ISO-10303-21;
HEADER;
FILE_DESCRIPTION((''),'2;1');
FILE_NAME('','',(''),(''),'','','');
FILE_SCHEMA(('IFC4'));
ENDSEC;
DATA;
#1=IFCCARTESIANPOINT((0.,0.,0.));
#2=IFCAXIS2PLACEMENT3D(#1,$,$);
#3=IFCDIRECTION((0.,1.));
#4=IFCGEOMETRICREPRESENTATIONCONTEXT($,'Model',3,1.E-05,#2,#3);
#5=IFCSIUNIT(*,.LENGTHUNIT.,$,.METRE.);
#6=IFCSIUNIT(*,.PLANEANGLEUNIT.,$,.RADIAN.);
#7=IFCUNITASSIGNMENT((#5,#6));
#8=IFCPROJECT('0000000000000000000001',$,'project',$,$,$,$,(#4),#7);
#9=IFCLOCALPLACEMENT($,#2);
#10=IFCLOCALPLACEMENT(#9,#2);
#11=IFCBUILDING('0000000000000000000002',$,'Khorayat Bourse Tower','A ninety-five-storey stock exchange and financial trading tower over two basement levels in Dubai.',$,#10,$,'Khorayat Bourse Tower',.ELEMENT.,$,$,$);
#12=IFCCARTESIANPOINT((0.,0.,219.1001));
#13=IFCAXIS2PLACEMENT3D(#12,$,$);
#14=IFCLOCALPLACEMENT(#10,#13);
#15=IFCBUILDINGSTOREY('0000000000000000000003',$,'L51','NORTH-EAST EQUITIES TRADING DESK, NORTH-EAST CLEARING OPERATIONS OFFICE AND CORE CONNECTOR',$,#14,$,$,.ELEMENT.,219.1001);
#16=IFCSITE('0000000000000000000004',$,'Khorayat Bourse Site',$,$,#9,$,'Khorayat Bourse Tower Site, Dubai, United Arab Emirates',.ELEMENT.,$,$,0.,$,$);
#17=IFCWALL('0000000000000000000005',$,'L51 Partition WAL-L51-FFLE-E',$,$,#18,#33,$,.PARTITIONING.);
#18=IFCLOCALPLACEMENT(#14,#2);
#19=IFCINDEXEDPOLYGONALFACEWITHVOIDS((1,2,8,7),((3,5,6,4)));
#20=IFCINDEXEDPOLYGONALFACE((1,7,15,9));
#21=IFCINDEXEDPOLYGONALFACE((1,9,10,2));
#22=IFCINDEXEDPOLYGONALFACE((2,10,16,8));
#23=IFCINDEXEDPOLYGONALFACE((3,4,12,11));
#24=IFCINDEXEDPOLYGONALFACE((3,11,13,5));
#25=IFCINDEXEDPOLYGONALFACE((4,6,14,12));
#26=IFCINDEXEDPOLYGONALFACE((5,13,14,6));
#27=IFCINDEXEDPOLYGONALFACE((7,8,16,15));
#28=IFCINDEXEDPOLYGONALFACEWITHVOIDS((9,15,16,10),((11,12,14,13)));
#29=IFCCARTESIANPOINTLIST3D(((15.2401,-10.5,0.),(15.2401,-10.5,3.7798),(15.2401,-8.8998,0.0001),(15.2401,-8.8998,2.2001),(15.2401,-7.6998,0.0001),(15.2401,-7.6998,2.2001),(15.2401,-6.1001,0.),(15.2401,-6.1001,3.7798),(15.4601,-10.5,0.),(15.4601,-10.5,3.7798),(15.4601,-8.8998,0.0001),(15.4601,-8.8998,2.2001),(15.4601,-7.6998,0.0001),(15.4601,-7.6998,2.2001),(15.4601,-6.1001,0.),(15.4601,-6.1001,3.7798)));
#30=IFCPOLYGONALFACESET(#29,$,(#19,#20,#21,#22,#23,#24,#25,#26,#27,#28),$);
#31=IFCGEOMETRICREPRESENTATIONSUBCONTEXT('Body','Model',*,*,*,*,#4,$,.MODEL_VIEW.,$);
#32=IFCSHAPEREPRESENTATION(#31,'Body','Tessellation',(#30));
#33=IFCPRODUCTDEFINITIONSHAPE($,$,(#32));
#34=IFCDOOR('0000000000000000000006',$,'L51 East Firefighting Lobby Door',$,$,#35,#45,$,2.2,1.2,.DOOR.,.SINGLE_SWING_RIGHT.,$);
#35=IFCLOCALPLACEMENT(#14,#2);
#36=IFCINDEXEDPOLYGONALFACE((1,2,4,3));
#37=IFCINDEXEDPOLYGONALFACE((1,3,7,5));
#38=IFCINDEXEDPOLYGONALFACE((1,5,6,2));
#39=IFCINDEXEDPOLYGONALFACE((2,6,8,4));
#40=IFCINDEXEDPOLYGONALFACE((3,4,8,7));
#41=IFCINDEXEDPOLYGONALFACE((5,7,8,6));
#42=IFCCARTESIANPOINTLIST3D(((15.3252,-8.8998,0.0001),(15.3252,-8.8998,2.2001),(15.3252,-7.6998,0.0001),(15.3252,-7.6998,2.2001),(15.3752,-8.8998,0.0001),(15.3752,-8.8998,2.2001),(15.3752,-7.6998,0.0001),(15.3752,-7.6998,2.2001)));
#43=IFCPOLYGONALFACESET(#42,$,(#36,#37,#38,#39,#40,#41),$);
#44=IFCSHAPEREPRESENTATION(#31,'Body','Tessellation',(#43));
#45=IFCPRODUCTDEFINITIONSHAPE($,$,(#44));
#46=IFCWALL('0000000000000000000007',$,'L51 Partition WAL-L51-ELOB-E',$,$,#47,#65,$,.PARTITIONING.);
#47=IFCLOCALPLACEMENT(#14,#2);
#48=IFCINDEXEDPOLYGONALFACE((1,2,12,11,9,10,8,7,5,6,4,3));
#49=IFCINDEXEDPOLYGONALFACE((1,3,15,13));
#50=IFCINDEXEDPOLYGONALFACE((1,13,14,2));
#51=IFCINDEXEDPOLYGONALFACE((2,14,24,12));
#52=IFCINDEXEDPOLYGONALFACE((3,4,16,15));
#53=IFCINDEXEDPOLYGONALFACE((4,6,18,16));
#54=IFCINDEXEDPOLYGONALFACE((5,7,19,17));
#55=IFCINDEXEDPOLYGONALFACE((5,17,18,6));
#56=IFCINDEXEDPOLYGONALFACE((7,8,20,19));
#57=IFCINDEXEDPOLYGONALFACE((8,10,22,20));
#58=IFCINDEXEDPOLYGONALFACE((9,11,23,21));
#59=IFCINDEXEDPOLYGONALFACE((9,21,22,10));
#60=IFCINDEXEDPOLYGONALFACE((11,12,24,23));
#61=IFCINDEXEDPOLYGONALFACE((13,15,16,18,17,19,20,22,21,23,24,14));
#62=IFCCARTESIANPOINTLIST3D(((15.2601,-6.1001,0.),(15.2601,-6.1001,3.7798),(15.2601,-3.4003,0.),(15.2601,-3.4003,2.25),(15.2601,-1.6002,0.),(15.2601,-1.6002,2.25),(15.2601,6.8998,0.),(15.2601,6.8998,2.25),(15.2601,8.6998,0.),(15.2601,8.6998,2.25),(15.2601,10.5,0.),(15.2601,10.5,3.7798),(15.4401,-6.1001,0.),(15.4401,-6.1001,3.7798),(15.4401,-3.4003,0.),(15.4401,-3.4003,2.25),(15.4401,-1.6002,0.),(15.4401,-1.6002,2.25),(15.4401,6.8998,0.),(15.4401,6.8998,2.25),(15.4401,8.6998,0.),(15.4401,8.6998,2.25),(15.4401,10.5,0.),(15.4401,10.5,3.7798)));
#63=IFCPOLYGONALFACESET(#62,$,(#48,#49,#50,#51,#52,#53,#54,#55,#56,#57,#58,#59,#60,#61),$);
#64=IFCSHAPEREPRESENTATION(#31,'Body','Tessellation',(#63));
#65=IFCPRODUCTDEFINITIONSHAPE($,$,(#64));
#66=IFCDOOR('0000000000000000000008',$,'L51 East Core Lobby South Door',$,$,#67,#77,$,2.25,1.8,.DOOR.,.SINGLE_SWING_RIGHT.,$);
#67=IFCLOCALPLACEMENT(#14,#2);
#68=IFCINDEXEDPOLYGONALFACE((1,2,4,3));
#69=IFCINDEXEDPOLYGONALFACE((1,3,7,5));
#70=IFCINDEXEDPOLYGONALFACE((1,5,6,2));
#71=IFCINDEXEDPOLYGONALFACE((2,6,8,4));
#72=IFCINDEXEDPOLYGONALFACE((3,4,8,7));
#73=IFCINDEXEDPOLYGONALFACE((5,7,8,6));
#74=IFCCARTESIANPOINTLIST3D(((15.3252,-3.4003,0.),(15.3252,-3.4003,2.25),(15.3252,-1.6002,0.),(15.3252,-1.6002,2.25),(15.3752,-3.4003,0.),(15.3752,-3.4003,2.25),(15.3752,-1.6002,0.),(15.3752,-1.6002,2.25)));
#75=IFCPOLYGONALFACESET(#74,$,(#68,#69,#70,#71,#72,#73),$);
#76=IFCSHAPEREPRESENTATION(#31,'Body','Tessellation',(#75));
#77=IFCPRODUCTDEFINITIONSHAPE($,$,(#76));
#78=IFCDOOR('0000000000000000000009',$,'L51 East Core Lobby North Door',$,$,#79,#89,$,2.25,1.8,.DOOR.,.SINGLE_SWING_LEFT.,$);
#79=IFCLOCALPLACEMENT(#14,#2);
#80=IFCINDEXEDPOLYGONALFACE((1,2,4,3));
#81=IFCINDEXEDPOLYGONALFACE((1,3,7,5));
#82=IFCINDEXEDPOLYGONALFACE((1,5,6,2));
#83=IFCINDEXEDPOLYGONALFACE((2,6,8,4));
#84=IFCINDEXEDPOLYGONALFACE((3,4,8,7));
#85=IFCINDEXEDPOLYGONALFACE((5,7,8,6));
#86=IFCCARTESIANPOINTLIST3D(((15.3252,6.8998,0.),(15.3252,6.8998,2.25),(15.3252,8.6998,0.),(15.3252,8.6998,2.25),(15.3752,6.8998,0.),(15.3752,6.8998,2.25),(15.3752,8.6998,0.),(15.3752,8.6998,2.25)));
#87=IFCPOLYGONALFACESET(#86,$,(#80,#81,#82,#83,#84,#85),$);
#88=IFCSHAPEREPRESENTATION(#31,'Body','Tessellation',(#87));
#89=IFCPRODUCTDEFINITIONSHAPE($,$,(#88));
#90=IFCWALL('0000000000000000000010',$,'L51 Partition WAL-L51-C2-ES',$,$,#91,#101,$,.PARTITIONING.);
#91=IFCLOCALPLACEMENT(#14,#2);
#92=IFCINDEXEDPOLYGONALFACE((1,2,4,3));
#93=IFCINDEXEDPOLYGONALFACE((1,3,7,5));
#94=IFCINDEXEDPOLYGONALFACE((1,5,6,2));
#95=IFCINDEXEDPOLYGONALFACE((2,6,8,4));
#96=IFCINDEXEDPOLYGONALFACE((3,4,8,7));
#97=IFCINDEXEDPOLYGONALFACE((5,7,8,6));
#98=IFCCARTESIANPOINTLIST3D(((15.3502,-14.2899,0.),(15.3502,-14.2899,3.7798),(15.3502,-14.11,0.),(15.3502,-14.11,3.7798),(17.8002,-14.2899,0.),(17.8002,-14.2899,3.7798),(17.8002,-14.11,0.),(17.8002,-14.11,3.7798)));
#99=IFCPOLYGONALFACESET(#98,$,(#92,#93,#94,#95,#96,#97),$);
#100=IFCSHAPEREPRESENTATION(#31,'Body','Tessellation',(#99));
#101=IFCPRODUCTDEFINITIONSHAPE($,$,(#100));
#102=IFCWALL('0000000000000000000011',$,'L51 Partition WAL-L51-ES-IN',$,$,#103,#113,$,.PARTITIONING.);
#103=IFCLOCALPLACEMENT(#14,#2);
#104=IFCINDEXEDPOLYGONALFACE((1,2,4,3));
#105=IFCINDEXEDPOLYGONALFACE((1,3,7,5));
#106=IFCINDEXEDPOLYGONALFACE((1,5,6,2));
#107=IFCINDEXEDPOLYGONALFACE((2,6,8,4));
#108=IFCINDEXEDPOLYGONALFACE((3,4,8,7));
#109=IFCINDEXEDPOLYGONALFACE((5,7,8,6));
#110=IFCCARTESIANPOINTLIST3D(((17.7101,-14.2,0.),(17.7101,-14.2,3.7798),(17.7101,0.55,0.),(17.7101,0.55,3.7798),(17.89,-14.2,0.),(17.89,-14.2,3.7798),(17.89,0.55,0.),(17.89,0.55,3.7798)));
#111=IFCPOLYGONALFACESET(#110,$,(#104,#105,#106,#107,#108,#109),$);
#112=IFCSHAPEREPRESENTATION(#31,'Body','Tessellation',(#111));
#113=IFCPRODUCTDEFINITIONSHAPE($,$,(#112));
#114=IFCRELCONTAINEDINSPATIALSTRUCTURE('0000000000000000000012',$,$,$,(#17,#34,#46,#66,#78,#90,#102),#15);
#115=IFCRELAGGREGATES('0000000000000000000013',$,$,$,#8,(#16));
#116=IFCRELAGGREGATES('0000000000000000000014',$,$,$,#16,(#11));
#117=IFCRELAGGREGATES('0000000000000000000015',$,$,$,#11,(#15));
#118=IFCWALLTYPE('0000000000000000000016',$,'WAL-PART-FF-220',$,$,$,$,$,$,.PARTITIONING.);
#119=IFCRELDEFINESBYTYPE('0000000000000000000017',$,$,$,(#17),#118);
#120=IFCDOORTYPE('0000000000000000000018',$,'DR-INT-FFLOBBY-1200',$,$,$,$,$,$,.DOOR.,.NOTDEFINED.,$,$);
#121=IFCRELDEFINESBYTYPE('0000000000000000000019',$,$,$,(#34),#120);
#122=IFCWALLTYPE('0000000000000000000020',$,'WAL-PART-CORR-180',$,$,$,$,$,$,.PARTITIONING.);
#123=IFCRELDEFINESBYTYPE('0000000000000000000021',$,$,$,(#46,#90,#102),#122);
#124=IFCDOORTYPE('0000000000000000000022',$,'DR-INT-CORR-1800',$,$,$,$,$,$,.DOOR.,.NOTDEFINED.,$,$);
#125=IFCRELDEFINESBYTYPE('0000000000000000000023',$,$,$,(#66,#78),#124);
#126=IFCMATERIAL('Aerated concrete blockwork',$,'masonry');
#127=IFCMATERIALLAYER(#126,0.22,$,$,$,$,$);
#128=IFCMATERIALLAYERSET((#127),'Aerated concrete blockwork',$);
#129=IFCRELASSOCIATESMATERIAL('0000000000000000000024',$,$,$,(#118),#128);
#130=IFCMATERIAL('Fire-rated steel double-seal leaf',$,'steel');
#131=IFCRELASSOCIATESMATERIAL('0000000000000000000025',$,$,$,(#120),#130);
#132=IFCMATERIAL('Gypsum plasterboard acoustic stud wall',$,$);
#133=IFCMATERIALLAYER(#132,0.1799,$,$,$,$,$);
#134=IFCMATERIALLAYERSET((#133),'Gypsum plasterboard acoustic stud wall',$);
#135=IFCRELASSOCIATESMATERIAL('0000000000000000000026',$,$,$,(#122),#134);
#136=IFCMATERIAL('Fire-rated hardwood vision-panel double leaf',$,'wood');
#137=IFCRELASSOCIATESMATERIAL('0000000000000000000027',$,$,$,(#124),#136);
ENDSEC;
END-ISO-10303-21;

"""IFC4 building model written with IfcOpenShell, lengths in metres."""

from ifc_helpers import new_model, si_unit, direction, frame, frame_2d, origin, place, context, subcontext, project, spatial, rectangle, extrude, source, transform, mapped, material, layer, layer_set, type_object, element, fill, save


model = new_model("IFC4")

# Units and contexts
model_context = context("Model", 3, precision=1e-05, world=origin(), true_north=direction((0.0, 1.0)))
body_context = subcontext(model_context, "Body", "Model", "MODEL_VIEW")
ifc_project = project(units=[si_unit("LENGTHUNIT", "METRE"), si_unit("PLANEANGLEUNIT", "RADIAN")], contexts=[model_context])

# Site, building, storey
site_placement = place(None, origin())
site = spatial("IfcSite", under=ifc_project, at=site_placement, Name="Khorayat Bourse Site", LongName="Khorayat Bourse Tower Site, Dubai, United Arab Emirates", CompositionType="ELEMENT", RefElevation=0.0)
building_placement = place(site_placement, origin())
building = spatial("IfcBuilding", under=site, at=building_placement, Name="Khorayat Bourse Tower", Description="A ninety-five-storey stock exchange and financial trading tower over two basement levels in Dubai.", LongName="Khorayat Bourse Tower", CompositionType="ELEMENT")
storey_placement = place(building_placement, frame((0.0, 0.0, 219.1001)))
storey = spatial("IfcBuildingStorey", under=building, at=storey_placement, Name="L51", Description="NORTH-EAST EQUITIES TRADING DESK, NORTH-EAST CLEARING OPERATIONS OFFICE AND CORE CONNECTOR", CompositionType="ELEMENT", Elevation=219.1001)

# Shared definitions
ifc_material_1 = material(Name="Aerated concrete blockwork", Category="masonry")
ifc_layer_1 = layer(ifc_material_1, 0.22)
ifc_layer_set_1 = layer_set([ifc_layer_1], Name="Aerated concrete blockwork")
wall_type_1 = type_object("IfcWallType", Name="WAL-PART-FF-220", PredefinedType="PARTITIONING", material=ifc_layer_set_1)

# Wall, opening, door
shared_shape_1 = source(origin(), body_context, "Body", "SweptSolid", [
    extrude(rectangle(XDim=4.3999, YDim=0.22, at=frame_2d((2.2, 0.0))), origin(), (0.0, 0.0, 1.0), 3.7798),
])
wall_1_placement = place(storey_placement, frame((15.3501, -10.5, 0.0), z_axis=(0.0, 0.0, 1.0), x_axis=(0.0, 1.0, 0.0)))
wall_1 = element("IfcWall", 1, at=wall_1_placement, inside=storey, type_object=wall_type_1, Name="L51 Partition WAL-L51-FFLE-E", PredefinedType="PARTITIONING", context=body_context, shape_type="MappedRepresentation", body=[
    mapped(shared_shape_1, transform((0.0, 0.0, 0.0), scale=1.0)),
])
shared_shape_2 = source(origin(), body_context, "Body", "SweptSolid", [
    extrude(rectangle(XDim=1.2, YDim=2.2, at=frame_2d((0.6001, 1.1001))), frame((0.0, 0.1199, 0.0), z_axis=(0.0, -1.0, 0.0), x_axis=(1.0, 0.0, 0.0)), (0.0, 0.0, 1.0), 0.24),
])
opening_1_placement = place(wall_1_placement, frame((1.6001, 0.0, 0.0)))
opening_1 = element("IfcOpeningElement", 2, at=opening_1_placement, cuts=wall_1, PredefinedType="OPENING", context=body_context, shape_type="MappedRepresentation", body=[
    mapped(shared_shape_2, transform((0.0, 0.0, 0.0), scale=1.0)),
])
ifc_material_2 = material(Name="Fire-rated steel double-seal leaf", Category="steel")
door_type_1 = type_object("IfcDoorType", Name="DR-INT-FFLOBBY-1200", OperationType="NOTDEFINED", PredefinedType="DOOR", material=ifc_material_2)
shared_shape_3 = source(origin(), body_context, "Body", "SweptSolid", [
    extrude(rectangle(XDim=1.2, YDim=2.2, at=frame_2d((0.6001, 1.1001))), frame((0.0, 0.0249, 0.0), z_axis=(0.0, -1.0, 0.0), x_axis=(1.0, 0.0, 0.0)), (0.0, 0.0, 1.0), 0.05),
])
door_1_placement = place(opening_1_placement, origin())
door_1 = element("IfcDoor", 3, at=door_1_placement, inside=storey, type_object=door_type_1, Name="L51 East Firefighting Lobby Door", OperationType="SINGLE_SWING_RIGHT", OverallHeight=2.2, OverallWidth=1.2, PredefinedType="DOOR", context=body_context, shape_type="MappedRepresentation", body=[
    mapped(shared_shape_3, transform((0.0, 0.0, 0.0), scale=1.0)),
])
fill(opening_1, door_1)

# Wall, openings, doors
ifc_material_3 = material(Name="Gypsum plasterboard acoustic stud wall")
ifc_layer_2 = layer(ifc_material_3, 0.1799)
ifc_layer_set_2 = layer_set([ifc_layer_2], Name="Gypsum plasterboard acoustic stud wall")
wall_type_2 = type_object("IfcWallType", Name="WAL-PART-CORR-180", PredefinedType="PARTITIONING", material=ifc_layer_set_2)
shared_shape_4 = source(origin(), body_context, "Body", "SweptSolid", [
    extrude(rectangle(XDim=16.6001, YDim=0.1799, at=frame_2d((8.3, 0.0))), origin(), (0.0, 0.0, 1.0), 3.7798),
])
wall_2_placement = place(storey_placement, frame((15.3501, -6.1001, 0.0), z_axis=(0.0, 0.0, 1.0), x_axis=(0.0, 1.0, 0.0)))
wall_2 = element("IfcWall", 4, at=wall_2_placement, inside=storey, type_object=wall_type_2, Name="L51 Partition WAL-L51-ELOB-E", PredefinedType="PARTITIONING", context=body_context, shape_type="MappedRepresentation", body=[
    mapped(shared_shape_4, transform((0.0, 0.0, 0.0), scale=1.0)),
])
shared_shape_5 = source(origin(), body_context, "Body", "SweptSolid", [
    extrude(rectangle(XDim=1.8, YDim=2.25, at=frame_2d((0.8999, 1.125))), frame((0.0, 0.0999, 0.0), z_axis=(0.0, -1.0, 0.0), x_axis=(1.0, 0.0, 0.0)), (0.0, 0.0, 1.0), 0.2),
])
opening_2_placement = place(wall_2_placement, frame((2.7, 0.0, 0.0)))
opening_2 = element("IfcOpeningElement", 5, at=opening_2_placement, cuts=wall_2, PredefinedType="OPENING", context=body_context, shape_type="MappedRepresentation", body=[
    mapped(shared_shape_5, transform((0.0, 0.0, 0.0), scale=1.0)),
])
opening_3_placement = place(wall_2_placement, frame((13.0, 0.0, 0.0)))
opening_3 = element("IfcOpeningElement", 6, at=opening_3_placement, cuts=wall_2, PredefinedType="OPENING", context=body_context, shape_type="MappedRepresentation", body=[
    mapped(shared_shape_5, transform((0.0, 0.0, 0.0), scale=1.0)),
])
ifc_material_4 = material(Name="Fire-rated hardwood vision-panel double leaf", Category="wood")
door_type_2 = type_object("IfcDoorType", Name="DR-INT-CORR-1800", OperationType="NOTDEFINED", PredefinedType="DOOR", material=ifc_material_4)
shared_shape_6 = source(origin(), body_context, "Body", "SweptSolid", [
    extrude(rectangle(XDim=1.8, YDim=2.25, at=frame_2d((0.8999, 1.125))), frame((0.0, 0.0249, 0.0), z_axis=(0.0, -1.0, 0.0), x_axis=(1.0, 0.0, 0.0)), (0.0, 0.0, 1.0), 0.05),
])
door_2_placement = place(opening_2_placement, origin())
door_2 = element("IfcDoor", 7, at=door_2_placement, inside=storey, type_object=door_type_2, Name="L51 East Core Lobby South Door", OperationType="SINGLE_SWING_RIGHT", OverallHeight=2.25, OverallWidth=1.8, PredefinedType="DOOR", context=body_context, shape_type="MappedRepresentation", body=[
    mapped(shared_shape_6, transform((0.0, 0.0, 0.0), scale=1.0)),
])
fill(opening_2, door_2)
door_3_placement = place(opening_3_placement, origin())
door_3 = element("IfcDoor", 8, at=door_3_placement, inside=storey, type_object=door_type_2, Name="L51 East Core Lobby North Door", OperationType="SINGLE_SWING_LEFT", OverallHeight=2.25, OverallWidth=1.8, PredefinedType="DOOR", context=body_context, shape_type="MappedRepresentation", body=[
    mapped(shared_shape_6, transform((0.0, 0.0, 0.0), scale=1.0)),
])
fill(opening_3, door_3)

# Walls
shared_shape_7 = source(origin(), body_context, "Body", "SweptSolid", [
    extrude(rectangle(XDim=2.45, YDim=0.1799, at=frame_2d((1.2251, 0.0))), origin(), (0.0, 0.0, 1.0), 3.7798),
])
wall_3_placement = place(storey_placement, frame((15.3501, -14.2, 0.0), z_axis=(0.0, 0.0, 1.0), x_axis=(1.0, 0.0, 0.0)))
element("IfcWall", 9, at=wall_3_placement, inside=storey, type_object=wall_type_2, Name="L51 Partition WAL-L51-C2-ES", PredefinedType="PARTITIONING", context=body_context, shape_type="MappedRepresentation", body=[
    mapped(shared_shape_7, transform((0.0, 0.0, 0.0), scale=1.0)),
])
shared_shape_8 = source(origin(), body_context, "Body", "SweptSolid", [
    extrude(rectangle(XDim=14.75, YDim=0.1799, at=frame_2d((7.375, 0.0))), origin(), (0.0, 0.0, 1.0), 3.7798),
])
wall_4_placement = place(storey_placement, frame((17.8, -14.2, 0.0), z_axis=(0.0, 0.0, 1.0), x_axis=(0.0, 1.0, 0.0)))
element("IfcWall", 10, at=wall_4_placement, inside=storey, type_object=wall_type_2, Name="L51 Partition WAL-L51-ES-IN", PredefinedType="PARTITIONING", context=body_context, shape_type="MappedRepresentation", body=[
    mapped(shared_shape_8, transform((0.0, 0.0, 0.0), scale=1.0)),
])

save(model, "model.ifc")
